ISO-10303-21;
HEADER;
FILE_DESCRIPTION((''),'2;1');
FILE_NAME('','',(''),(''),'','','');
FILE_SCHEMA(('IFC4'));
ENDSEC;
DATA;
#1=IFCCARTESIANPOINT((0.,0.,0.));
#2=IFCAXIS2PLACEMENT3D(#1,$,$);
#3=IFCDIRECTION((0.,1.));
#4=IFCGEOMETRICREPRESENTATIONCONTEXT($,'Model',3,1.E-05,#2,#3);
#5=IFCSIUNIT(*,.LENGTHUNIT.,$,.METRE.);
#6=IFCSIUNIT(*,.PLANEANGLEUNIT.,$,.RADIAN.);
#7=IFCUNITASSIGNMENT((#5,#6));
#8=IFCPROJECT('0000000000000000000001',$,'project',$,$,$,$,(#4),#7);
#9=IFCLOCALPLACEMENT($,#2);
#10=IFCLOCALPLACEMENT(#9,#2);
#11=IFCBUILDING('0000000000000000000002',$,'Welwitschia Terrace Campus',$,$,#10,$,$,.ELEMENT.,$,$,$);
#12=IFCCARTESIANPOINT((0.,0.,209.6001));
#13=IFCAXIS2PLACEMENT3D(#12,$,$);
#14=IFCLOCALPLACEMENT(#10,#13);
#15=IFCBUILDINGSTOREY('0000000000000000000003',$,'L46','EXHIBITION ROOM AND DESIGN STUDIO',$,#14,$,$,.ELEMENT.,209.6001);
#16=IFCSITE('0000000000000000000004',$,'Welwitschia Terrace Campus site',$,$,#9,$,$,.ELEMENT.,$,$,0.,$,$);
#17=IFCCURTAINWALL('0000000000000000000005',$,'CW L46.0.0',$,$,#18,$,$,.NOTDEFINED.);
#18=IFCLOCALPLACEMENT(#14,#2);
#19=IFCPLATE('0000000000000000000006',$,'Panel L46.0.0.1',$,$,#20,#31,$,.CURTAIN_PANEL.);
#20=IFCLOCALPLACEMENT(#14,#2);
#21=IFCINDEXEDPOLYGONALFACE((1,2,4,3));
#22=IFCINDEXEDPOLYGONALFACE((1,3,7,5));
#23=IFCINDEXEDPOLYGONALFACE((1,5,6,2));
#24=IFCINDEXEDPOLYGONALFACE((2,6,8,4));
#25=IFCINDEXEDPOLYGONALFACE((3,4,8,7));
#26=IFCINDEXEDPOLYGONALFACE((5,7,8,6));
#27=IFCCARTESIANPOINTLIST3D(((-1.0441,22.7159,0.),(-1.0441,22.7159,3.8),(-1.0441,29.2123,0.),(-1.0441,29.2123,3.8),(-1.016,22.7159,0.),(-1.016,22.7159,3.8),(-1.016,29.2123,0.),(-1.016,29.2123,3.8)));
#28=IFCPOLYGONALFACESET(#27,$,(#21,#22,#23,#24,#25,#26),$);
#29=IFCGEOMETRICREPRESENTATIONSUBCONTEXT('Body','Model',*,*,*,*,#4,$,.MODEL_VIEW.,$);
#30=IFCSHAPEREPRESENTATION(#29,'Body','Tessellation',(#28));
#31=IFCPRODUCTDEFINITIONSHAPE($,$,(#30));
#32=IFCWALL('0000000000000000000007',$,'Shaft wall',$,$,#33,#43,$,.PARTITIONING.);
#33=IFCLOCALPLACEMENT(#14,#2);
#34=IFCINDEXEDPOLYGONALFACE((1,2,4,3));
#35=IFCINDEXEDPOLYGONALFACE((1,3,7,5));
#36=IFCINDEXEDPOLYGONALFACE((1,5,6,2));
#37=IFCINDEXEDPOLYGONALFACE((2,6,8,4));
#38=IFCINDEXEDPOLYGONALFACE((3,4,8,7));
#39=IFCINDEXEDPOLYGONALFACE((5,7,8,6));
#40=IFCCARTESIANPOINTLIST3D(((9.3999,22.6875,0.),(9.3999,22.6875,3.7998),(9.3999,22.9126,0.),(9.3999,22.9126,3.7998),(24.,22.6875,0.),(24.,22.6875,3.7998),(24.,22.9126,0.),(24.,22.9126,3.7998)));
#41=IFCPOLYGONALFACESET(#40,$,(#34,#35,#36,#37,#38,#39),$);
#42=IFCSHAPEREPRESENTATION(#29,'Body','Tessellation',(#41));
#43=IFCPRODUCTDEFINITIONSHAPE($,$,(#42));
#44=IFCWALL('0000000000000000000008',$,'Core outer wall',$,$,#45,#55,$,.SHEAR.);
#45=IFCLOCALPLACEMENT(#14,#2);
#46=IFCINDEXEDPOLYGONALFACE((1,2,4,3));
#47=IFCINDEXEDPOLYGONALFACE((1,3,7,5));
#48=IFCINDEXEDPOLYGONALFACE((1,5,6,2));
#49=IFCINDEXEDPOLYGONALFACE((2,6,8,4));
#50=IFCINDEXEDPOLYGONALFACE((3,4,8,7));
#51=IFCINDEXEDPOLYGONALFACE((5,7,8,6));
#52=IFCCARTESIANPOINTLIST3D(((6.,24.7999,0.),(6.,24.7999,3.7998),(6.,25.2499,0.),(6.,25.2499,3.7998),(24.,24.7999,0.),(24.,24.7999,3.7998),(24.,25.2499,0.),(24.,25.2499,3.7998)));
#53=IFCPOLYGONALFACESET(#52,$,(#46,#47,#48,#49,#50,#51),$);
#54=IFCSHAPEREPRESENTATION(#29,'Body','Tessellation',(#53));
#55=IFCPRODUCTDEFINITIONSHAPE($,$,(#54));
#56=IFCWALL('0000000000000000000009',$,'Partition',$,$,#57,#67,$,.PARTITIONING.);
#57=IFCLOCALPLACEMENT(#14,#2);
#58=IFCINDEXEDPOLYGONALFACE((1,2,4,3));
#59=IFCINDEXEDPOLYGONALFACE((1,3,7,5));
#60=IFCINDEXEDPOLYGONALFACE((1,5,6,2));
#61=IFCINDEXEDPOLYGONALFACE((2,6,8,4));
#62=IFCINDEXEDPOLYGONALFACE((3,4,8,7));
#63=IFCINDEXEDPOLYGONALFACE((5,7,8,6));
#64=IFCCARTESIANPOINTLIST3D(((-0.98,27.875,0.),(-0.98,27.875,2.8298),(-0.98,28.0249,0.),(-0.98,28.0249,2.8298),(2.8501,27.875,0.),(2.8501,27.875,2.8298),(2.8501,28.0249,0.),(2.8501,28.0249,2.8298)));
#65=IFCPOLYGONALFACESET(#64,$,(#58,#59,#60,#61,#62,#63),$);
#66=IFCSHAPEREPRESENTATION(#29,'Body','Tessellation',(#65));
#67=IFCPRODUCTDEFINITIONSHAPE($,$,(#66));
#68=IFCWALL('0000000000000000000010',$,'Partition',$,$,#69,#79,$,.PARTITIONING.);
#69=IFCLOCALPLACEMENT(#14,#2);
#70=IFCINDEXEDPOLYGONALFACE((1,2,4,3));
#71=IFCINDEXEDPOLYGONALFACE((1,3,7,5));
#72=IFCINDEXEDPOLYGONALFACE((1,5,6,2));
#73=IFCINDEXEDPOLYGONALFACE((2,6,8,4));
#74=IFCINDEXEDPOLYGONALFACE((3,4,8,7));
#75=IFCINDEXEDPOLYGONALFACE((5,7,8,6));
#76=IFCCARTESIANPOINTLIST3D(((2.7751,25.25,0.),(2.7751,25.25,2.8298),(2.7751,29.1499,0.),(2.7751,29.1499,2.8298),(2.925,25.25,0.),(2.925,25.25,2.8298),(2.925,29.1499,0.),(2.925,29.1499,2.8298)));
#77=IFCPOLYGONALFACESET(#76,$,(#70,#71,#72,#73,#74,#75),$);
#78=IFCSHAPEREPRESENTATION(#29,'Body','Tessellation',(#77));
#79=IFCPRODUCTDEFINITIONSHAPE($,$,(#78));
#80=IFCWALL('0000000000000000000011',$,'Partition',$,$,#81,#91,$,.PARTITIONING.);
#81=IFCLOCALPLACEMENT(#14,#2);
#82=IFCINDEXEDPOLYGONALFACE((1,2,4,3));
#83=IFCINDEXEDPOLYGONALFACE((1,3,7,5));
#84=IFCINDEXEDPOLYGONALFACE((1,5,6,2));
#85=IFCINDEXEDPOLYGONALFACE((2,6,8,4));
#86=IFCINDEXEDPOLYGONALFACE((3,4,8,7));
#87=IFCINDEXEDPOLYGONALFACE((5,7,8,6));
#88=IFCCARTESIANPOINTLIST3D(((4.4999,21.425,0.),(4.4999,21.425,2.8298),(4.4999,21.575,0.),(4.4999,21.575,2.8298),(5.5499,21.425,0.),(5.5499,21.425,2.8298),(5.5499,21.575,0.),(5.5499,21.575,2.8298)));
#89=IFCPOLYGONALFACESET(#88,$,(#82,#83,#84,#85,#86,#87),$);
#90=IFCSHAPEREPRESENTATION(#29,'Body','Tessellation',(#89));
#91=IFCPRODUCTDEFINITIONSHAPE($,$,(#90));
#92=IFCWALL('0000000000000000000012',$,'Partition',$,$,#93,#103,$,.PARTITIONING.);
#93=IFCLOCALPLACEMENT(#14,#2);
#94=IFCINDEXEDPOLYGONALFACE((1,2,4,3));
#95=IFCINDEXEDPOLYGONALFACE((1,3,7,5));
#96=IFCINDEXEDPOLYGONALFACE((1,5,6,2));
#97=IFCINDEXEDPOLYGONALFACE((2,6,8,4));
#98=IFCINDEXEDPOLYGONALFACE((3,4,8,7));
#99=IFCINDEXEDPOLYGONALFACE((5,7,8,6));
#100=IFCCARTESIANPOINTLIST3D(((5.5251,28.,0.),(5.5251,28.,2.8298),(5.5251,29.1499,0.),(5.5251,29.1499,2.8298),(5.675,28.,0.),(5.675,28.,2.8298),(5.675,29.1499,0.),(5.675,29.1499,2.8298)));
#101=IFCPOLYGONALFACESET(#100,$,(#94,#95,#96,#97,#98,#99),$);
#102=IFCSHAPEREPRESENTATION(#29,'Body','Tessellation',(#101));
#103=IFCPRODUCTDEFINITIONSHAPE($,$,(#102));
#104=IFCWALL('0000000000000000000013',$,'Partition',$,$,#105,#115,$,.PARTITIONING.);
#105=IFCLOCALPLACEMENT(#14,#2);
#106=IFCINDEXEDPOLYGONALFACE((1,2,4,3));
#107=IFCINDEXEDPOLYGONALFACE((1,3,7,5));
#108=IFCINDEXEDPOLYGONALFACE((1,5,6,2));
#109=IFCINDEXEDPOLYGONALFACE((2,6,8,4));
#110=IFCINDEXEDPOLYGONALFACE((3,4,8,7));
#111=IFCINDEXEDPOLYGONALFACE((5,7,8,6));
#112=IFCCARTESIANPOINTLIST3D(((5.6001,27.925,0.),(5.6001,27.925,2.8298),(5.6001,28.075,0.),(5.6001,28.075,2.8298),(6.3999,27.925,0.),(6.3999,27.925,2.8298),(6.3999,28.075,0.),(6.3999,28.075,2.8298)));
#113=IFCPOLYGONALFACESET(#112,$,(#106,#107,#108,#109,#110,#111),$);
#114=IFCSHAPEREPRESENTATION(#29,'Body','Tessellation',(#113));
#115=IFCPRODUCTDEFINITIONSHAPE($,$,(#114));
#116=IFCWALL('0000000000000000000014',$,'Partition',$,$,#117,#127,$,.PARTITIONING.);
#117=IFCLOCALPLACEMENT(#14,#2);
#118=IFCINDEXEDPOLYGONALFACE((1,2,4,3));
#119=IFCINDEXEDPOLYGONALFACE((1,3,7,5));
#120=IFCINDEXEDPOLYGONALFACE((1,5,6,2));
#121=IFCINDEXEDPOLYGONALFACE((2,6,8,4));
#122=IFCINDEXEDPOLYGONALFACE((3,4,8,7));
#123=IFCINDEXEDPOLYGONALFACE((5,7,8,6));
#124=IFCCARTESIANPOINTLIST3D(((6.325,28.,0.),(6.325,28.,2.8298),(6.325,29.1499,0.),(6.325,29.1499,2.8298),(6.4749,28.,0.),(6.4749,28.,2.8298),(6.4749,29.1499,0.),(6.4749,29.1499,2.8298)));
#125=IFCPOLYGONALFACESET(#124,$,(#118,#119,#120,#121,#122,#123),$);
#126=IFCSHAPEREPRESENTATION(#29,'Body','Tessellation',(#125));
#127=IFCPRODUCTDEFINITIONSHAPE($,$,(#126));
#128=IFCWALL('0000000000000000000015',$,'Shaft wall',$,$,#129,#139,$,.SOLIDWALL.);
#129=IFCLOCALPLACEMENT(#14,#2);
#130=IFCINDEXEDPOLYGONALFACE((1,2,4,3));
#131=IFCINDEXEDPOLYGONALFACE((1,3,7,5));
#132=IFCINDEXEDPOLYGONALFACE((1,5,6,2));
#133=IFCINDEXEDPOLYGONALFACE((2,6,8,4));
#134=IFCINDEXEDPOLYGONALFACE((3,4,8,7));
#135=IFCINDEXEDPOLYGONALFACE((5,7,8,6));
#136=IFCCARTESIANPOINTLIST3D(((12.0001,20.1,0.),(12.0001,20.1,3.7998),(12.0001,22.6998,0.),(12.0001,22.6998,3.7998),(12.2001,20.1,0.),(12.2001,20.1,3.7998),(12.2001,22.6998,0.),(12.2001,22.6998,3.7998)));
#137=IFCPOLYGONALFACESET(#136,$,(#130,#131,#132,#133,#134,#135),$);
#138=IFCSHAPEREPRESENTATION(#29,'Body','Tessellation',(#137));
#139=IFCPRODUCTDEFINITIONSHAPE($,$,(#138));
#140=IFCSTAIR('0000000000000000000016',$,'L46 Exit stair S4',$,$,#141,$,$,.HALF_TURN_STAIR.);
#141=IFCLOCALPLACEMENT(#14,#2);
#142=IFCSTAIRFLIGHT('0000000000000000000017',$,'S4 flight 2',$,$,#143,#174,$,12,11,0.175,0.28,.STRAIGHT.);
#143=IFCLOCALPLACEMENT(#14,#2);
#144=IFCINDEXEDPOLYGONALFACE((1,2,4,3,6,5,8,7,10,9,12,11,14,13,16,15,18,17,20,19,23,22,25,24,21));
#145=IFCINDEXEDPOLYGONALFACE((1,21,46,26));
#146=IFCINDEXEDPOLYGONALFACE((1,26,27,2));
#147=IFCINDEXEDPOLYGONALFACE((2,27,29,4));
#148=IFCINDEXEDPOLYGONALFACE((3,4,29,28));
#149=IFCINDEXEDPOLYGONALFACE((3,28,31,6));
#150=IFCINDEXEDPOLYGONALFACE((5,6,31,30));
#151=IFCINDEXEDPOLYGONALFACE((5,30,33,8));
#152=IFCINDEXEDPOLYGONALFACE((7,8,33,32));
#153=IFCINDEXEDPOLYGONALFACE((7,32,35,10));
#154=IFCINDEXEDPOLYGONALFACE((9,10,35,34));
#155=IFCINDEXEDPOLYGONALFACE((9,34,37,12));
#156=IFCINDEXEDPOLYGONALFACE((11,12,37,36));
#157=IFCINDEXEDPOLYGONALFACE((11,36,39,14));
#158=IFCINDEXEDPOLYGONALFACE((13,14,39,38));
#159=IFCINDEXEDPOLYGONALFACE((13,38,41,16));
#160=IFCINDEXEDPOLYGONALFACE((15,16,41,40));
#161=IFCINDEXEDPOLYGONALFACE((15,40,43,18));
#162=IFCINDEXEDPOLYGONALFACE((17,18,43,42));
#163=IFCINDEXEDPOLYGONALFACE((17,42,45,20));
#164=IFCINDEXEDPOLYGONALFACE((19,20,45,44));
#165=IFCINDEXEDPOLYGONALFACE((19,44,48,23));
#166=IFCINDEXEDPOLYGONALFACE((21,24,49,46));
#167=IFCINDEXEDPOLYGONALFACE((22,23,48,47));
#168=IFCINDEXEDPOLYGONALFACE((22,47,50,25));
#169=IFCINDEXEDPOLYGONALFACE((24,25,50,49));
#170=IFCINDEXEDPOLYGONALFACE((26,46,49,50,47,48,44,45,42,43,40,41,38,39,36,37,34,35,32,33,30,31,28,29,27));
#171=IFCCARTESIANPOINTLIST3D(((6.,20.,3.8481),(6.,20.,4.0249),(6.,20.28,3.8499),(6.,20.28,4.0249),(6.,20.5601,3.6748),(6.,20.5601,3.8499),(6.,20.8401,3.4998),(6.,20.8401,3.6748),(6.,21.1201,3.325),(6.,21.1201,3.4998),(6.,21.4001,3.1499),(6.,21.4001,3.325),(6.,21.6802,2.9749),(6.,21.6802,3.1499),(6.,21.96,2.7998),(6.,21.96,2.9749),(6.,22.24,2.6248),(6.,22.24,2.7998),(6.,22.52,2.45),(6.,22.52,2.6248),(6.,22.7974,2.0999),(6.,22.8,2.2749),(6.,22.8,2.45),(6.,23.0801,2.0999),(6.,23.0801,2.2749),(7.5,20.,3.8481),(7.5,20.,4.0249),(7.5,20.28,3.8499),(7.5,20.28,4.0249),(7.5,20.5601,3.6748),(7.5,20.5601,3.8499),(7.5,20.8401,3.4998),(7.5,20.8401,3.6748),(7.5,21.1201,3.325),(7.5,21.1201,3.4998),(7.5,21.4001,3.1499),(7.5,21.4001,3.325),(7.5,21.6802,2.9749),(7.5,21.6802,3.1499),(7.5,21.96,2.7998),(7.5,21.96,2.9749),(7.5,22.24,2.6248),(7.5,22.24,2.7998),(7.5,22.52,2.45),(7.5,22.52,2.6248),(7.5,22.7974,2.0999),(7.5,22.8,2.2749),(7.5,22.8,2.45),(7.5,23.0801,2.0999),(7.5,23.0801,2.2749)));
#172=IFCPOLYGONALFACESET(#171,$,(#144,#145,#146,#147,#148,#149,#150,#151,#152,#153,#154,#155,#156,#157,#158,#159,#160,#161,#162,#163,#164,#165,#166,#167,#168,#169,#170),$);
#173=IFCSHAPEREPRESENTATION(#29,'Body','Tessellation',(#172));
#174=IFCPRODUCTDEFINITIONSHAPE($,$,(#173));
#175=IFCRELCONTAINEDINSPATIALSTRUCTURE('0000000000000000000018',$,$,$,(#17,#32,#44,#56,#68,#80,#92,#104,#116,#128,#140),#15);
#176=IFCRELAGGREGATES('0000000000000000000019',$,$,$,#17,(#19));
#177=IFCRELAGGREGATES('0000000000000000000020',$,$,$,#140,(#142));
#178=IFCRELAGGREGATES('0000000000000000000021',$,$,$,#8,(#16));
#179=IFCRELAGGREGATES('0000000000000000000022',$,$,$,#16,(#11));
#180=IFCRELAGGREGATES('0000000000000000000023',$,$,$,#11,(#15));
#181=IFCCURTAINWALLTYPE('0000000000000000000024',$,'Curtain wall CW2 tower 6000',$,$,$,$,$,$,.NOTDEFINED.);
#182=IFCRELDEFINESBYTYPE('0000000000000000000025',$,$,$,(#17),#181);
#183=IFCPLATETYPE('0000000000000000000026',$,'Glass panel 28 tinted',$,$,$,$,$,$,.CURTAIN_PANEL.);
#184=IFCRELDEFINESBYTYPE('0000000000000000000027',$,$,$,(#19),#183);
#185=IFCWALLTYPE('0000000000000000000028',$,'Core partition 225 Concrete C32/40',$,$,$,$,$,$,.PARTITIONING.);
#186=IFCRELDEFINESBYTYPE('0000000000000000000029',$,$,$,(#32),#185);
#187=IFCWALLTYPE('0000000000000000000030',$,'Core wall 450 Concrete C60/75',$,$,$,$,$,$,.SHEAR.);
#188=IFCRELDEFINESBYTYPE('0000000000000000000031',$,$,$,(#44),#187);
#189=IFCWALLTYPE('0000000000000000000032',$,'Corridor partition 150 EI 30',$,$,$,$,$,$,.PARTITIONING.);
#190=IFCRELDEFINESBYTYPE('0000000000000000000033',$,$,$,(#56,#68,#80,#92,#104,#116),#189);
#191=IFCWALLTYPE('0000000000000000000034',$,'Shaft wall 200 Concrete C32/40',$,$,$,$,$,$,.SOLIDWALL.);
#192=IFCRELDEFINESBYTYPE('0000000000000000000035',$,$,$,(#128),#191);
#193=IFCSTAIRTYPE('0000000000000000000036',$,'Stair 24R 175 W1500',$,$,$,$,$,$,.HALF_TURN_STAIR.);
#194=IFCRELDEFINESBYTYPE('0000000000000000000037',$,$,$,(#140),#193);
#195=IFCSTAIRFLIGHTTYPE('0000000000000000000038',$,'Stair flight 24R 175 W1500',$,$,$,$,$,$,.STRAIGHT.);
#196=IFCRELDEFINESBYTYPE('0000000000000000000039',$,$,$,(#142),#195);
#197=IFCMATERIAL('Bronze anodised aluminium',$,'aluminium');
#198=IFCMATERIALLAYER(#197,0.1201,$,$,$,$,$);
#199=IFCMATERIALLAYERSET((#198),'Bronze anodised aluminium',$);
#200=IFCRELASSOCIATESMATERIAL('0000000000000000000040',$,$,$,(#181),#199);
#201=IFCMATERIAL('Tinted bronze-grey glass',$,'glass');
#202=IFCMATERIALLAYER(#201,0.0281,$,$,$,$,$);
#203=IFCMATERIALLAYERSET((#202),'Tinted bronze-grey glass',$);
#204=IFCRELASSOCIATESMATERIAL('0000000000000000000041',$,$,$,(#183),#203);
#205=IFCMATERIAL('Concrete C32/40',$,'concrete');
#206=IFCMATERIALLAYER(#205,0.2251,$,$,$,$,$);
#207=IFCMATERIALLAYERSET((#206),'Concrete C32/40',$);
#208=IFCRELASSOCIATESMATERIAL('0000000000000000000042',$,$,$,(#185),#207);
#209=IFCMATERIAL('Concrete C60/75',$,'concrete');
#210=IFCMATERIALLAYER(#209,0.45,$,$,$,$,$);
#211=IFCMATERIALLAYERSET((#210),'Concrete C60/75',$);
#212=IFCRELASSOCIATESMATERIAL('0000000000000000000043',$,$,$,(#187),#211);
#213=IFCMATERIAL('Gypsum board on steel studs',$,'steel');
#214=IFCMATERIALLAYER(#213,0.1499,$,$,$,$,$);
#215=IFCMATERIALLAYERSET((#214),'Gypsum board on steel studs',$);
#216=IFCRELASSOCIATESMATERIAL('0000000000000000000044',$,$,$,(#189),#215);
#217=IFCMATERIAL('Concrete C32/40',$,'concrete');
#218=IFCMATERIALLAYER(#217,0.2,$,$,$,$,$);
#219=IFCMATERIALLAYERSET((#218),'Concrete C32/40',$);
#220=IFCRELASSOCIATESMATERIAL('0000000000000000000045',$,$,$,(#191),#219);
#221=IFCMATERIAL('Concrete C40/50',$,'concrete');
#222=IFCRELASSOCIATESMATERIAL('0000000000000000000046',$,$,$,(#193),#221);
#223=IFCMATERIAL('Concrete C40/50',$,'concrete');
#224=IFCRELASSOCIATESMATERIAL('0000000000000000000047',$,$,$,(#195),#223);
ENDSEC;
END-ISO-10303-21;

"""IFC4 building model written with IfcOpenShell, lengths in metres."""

from ifc_helpers import new_model, si_unit, direction, frame, frame_2d, origin, origin_2d, place, context, subcontext, project, spatial, polyline, rectangle, outline, extrude, material, layer, layer_set, type_object, element, aggregate, save


model = new_model("IFC4")

# Units and contexts
model_context = context("Model", 3, precision=1e-05, world=origin(), true_north=direction((0.0, 1.0)))
body_context = subcontext(model_context, "Body", "Model", "MODEL_VIEW")
ifc_project = project(units=[si_unit("LENGTHUNIT", "METRE"), si_unit("PLANEANGLEUNIT", "RADIAN")], contexts=[model_context])

# Site, building, storey
site_placement = place(None, origin())
site = spatial("IfcSite", under=ifc_project, at=site_placement, Name="Welwitschia Terrace Campus site", CompositionType="ELEMENT", RefElevation=0.0)
building_placement = place(site_placement, origin())
building = spatial("IfcBuilding", under=site, at=building_placement, Name="Welwitschia Terrace Campus", CompositionType="ELEMENT")
storey_placement = place(building_placement, frame((0.0, 0.0, 209.6001)))
storey = spatial("IfcBuildingStorey", under=building, at=storey_placement, Name="L46", Description="EXHIBITION ROOM AND DESIGN STUDIO", CompositionType="ELEMENT", Elevation=209.6001)

# Curtain wall
ifc_material_1 = material(Name="Bronze anodised aluminium", Category="aluminium")
ifc_layer_1 = layer(ifc_material_1, 0.1201)
ifc_layer_set_1 = layer_set([ifc_layer_1], Name="Bronze anodised aluminium")
curtain_wall_type = type_object("IfcCurtainWallType", Name="Curtain wall CW2 tower 6000", PredefinedType="NOTDEFINED", material=ifc_layer_set_1)
curtain_wall_placement = place(storey_placement, origin())
curtain_wall = element("IfcCurtainWall", 1, at=curtain_wall_placement, inside=storey, type_object=curtain_wall_type, Name="CW L46.0.0", PredefinedType="NOTDEFINED")

# Plate
ifc_material_2 = material(Name="Tinted bronze-grey glass", Category="glass")
ifc_layer_2 = layer(ifc_material_2, 0.0281)
ifc_layer_set_2 = layer_set([ifc_layer_2], Name="Tinted bronze-grey glass")
plate_type = type_object("IfcPlateType", Name="Glass panel 28 tinted", PredefinedType="CURTAIN_PANEL", material=ifc_layer_set_2)
plate_placement = place(storey_placement, frame((-1.03, 25.9641, 0.0), z_axis=(0.0, 0.0, 1.0), x_axis=(0.0, -1.0, 0.0)))
plate = element("IfcPlate", 2, at=plate_placement, type_object=plate_type, Name="Panel L46.0.0.1", PredefinedType="CURTAIN_PANEL", context=body_context, shape_type="SweptSolid", body=[
    extrude(rectangle(XDim=6.4963, YDim=0.0281, at=origin_2d()), origin(), (0.0, 0.0, 1.0), 3.8),
])
aggregate(curtain_wall, [plate])

# Walls
ifc_material_3 = material(Name="Concrete C32/40", Category="concrete")
ifc_layer_3 = layer(ifc_material_3, 0.2251)
ifc_layer_set_3 = layer_set([ifc_layer_3], Name="Concrete C32/40")
wall_type_1 = type_object("IfcWallType", Name="Core partition 225 Concrete C32/40", PredefinedType="PARTITIONING", material=ifc_layer_set_3)
wall_1_placement = place(storey_placement, frame((9.3999, 22.8, 0.0), z_axis=(0.0, 0.0, 1.0), x_axis=(1.0, 0.0, 0.0)))
element("IfcWall", 3, at=wall_1_placement, inside=storey, type_object=wall_type_1, Name="Shaft wall", PredefinedType="PARTITIONING", context=body_context, shape_type="SweptSolid", body=[
    extrude(rectangle(XDim=14.6001, YDim=0.2251, at=frame_2d((7.3, 0.0))), origin(), (0.0, 0.0, 1.0), 3.7998),
])
ifc_material_4 = material(Name="Concrete C60/75", Category="concrete")
ifc_layer_4 = layer(ifc_material_4, 0.45)
ifc_layer_set_4 = layer_set([ifc_layer_4], Name="Concrete C60/75")
wall_type_2 = type_object("IfcWallType", Name="Core wall 450 Concrete C60/75", PredefinedType="SHEAR", material=ifc_layer_set_4)
wall_2_placement = place(storey_placement, frame((6.0, 25.0249, 0.0), z_axis=(0.0, 0.0, 1.0), x_axis=(1.0, 0.0, 0.0)))
element("IfcWall", 4, at=wall_2_placement, inside=storey, type_object=wall_type_2, Name="Core outer wall", PredefinedType="SHEAR", context=body_context, shape_type="SweptSolid", body=[
    extrude(rectangle(XDim=18.0, YDim=0.45, at=frame_2d((9.0, 0.0))), origin(), (0.0, 0.0, 1.0), 3.7998),
])
ifc_material_5 = material(Name="Gypsum board on steel studs", Category="steel")
ifc_layer_5 = layer(ifc_material_5, 0.1499)
ifc_layer_set_5 = layer_set([ifc_layer_5], Name="Gypsum board on steel studs")
wall_type_3 = type_object("IfcWallType", Name="Corridor partition 150 EI 30", PredefinedType="PARTITIONING", material=ifc_layer_set_5)
wall_3_placement = place(storey_placement, frame((-0.98, 27.95, 0.0), z_axis=(0.0, 0.0, 1.0), x_axis=(1.0, 0.0, 0.0)))
element("IfcWall", 5, at=wall_3_placement, inside=storey, type_object=wall_type_3, Name="Partition", PredefinedType="PARTITIONING", context=body_context, shape_type="SweptSolid", body=[
    extrude(rectangle(XDim=3.8301, YDim=0.1499, at=frame_2d((1.915, 0.0))), origin(), (0.0, 0.0, 1.0), 2.8298),
])
wall_4_placement = place(storey_placement, frame((2.8501, 25.25, 0.0), z_axis=(0.0, 0.0, 1.0), x_axis=(0.0, 1.0, 0.0)))
element("IfcWall", 6, at=wall_4_placement, inside=storey, type_object=wall_type_3, Name="Partition", PredefinedType="PARTITIONING", context=body_context, shape_type="SweptSolid", body=[
    extrude(rectangle(XDim=3.8999, YDim=0.1499, at=frame_2d((1.95, 0.0))), origin(), (0.0, 0.0, 1.0), 2.8298),
])
wall_5_placement = place(storey_placement, frame((4.5, 21.5, 0.0), z_axis=(0.0, 0.0, 1.0), x_axis=(1.0, 0.0, 0.0)))
element("IfcWall", 7, at=wall_5_placement, inside=storey, type_object=wall_type_3, Name="Partition", PredefinedType="PARTITIONING", context=body_context, shape_type="SweptSolid", body=[
    extrude(rectangle(XDim=1.05, YDim=0.1499, at=frame_2d((0.5249, 0.0))), origin(), (0.0, 0.0, 1.0), 2.8298),
])
wall_6_placement = place(storey_placement, frame((5.6001, 28.0, 0.0), z_axis=(0.0, 0.0, 1.0), x_axis=(0.0, 1.0, 0.0)))
element("IfcWall", 8, at=wall_6_placement, inside=storey, type_object=wall_type_3, Name="Partition", PredefinedType="PARTITIONING", context=body_context, shape_type="SweptSolid", body=[
    extrude(rectangle(XDim=1.1499, YDim=0.1499, at=frame_2d((0.575, 0.0))), origin(), (0.0, 0.0, 1.0), 2.8298),
])
wall_7_placement = place(storey_placement, frame((5.6001, 28.0, 0.0), z_axis=(0.0, 0.0, 1.0), x_axis=(1.0, 0.0, 0.0)))
element("IfcWall", 9, at=wall_7_placement, inside=storey, type_object=wall_type_3, Name="Partition", PredefinedType="PARTITIONING", context=body_context, shape_type="SweptSolid", body=[
    extrude(rectangle(XDim=0.7998, YDim=0.1499, at=frame_2d((0.3999, 0.0))), origin(), (0.0, 0.0, 1.0), 2.8298),
])
wall_8_placement = place(storey_placement, frame((6.3999, 28.0, 0.0), z_axis=(0.0, 0.0, 1.0), x_axis=(0.0, 1.0, 0.0)))
element("IfcWall", 10, at=wall_8_placement, inside=storey, type_object=wall_type_3, Name="Partition", PredefinedType="PARTITIONING", context=body_context, shape_type="SweptSolid", body=[
    extrude(rectangle(XDim=1.1499, YDim=0.1499, at=frame_2d((0.575, 0.0))), origin(), (0.0, 0.0, 1.0), 2.8298),
])
ifc_material_6 = material(Name="Concrete C32/40", Category="concrete")
ifc_layer_6 = layer(ifc_material_6, 0.2)
ifc_layer_set_6 = layer_set([ifc_layer_6], Name="Concrete C32/40")
wall_type_4 = type_object("IfcWallType", Name="Shaft wall 200 Concrete C32/40", PredefinedType="SOLIDWALL", material=ifc_layer_set_6)
wall_9_placement = place(storey_placement, frame((12.1001, 20.1001, 0.0), z_axis=(0.0, 0.0, 1.0), x_axis=(0.0, 1.0, 0.0)))
element("IfcWall", 11, at=wall_9_placement, inside=storey, type_object=wall_type_4, Name="Shaft wall", PredefinedType="SOLIDWALL", context=body_context, shape_type="SweptSolid", body=[
    extrude(rectangle(XDim=2.5999, YDim=0.2, at=frame_2d((1.2998, 0.0))), origin(), (0.0, 0.0, 1.0), 3.7998),
])

# Stair, stair flight
ifc_material_7 = material(Name="Concrete C40/50", Category="concrete")
stair_type = type_object("IfcStairType", Name="Stair 24R 175 W1500", PredefinedType="HALF_TURN_STAIR", material=ifc_material_7)
stair_placement = place(storey_placement, origin())
stair = element("IfcStair", 12, at=stair_placement, inside=storey, type_object=stair_type, Name="L46 Exit stair S4", PredefinedType="HALF_TURN_STAIR")
ifc_material_8 = material(Name="Concrete C40/50", Category="concrete")
stair_flight_type = type_object("IfcStairFlightType", Name="Stair flight 24R 175 W1500", PredefinedType="STRAIGHT", material=ifc_material_8)
stair_flight_placement = place(storey_placement, frame((6.75, 23.0801, 2.0999), z_axis=(0.0, 0.0, 1.0), x_axis=(0.0, -1.0, 0.0)))
stair_flight = element("IfcStairFlight", 13, at=stair_flight_placement, type_object=stair_flight_type, Name="S4 flight 2", NumberOfRisers=12, NumberOfTreads=11, PredefinedType="STRAIGHT", RiserHeight=0.175, TreadLength=0.28, context=body_context, shape_type="SweptSolid", body=[
    extrude(outline(polyline([(0.0, 0.0), (0.0, 0.175), (0.28, 0.175), (0.28, 0.3501), (0.5601, 0.3501), (0.5601, 0.5249), (0.8401, 0.5249), (0.8401, 0.7), (1.1201, 0.7), (1.1201, 0.875), (1.3999, 0.875), (1.3999, 1.05), (1.6799, 1.05), (1.6799, 1.2251), (1.96, 1.2251), (1.96, 1.3999), (2.24, 1.3999), (2.24, 1.575), (2.52, 1.575), (2.52, 1.75), (2.8, 1.75), (2.8, 1.925), (3.0801, 1.925), (3.0801, 2.1001), (3.0801, 1.7483), (0.2827, 0.0), (0.0, 0.0)])), frame((0.0, 0.75, 0.0), z_axis=(0.0, -1.0, 0.0), x_axis=(1.0, 0.0, 0.0)), (0.0, 0.0, 1.0), 1.5),
])
aggregate(stair, [stair_flight])

save(model, "model.ifc")
